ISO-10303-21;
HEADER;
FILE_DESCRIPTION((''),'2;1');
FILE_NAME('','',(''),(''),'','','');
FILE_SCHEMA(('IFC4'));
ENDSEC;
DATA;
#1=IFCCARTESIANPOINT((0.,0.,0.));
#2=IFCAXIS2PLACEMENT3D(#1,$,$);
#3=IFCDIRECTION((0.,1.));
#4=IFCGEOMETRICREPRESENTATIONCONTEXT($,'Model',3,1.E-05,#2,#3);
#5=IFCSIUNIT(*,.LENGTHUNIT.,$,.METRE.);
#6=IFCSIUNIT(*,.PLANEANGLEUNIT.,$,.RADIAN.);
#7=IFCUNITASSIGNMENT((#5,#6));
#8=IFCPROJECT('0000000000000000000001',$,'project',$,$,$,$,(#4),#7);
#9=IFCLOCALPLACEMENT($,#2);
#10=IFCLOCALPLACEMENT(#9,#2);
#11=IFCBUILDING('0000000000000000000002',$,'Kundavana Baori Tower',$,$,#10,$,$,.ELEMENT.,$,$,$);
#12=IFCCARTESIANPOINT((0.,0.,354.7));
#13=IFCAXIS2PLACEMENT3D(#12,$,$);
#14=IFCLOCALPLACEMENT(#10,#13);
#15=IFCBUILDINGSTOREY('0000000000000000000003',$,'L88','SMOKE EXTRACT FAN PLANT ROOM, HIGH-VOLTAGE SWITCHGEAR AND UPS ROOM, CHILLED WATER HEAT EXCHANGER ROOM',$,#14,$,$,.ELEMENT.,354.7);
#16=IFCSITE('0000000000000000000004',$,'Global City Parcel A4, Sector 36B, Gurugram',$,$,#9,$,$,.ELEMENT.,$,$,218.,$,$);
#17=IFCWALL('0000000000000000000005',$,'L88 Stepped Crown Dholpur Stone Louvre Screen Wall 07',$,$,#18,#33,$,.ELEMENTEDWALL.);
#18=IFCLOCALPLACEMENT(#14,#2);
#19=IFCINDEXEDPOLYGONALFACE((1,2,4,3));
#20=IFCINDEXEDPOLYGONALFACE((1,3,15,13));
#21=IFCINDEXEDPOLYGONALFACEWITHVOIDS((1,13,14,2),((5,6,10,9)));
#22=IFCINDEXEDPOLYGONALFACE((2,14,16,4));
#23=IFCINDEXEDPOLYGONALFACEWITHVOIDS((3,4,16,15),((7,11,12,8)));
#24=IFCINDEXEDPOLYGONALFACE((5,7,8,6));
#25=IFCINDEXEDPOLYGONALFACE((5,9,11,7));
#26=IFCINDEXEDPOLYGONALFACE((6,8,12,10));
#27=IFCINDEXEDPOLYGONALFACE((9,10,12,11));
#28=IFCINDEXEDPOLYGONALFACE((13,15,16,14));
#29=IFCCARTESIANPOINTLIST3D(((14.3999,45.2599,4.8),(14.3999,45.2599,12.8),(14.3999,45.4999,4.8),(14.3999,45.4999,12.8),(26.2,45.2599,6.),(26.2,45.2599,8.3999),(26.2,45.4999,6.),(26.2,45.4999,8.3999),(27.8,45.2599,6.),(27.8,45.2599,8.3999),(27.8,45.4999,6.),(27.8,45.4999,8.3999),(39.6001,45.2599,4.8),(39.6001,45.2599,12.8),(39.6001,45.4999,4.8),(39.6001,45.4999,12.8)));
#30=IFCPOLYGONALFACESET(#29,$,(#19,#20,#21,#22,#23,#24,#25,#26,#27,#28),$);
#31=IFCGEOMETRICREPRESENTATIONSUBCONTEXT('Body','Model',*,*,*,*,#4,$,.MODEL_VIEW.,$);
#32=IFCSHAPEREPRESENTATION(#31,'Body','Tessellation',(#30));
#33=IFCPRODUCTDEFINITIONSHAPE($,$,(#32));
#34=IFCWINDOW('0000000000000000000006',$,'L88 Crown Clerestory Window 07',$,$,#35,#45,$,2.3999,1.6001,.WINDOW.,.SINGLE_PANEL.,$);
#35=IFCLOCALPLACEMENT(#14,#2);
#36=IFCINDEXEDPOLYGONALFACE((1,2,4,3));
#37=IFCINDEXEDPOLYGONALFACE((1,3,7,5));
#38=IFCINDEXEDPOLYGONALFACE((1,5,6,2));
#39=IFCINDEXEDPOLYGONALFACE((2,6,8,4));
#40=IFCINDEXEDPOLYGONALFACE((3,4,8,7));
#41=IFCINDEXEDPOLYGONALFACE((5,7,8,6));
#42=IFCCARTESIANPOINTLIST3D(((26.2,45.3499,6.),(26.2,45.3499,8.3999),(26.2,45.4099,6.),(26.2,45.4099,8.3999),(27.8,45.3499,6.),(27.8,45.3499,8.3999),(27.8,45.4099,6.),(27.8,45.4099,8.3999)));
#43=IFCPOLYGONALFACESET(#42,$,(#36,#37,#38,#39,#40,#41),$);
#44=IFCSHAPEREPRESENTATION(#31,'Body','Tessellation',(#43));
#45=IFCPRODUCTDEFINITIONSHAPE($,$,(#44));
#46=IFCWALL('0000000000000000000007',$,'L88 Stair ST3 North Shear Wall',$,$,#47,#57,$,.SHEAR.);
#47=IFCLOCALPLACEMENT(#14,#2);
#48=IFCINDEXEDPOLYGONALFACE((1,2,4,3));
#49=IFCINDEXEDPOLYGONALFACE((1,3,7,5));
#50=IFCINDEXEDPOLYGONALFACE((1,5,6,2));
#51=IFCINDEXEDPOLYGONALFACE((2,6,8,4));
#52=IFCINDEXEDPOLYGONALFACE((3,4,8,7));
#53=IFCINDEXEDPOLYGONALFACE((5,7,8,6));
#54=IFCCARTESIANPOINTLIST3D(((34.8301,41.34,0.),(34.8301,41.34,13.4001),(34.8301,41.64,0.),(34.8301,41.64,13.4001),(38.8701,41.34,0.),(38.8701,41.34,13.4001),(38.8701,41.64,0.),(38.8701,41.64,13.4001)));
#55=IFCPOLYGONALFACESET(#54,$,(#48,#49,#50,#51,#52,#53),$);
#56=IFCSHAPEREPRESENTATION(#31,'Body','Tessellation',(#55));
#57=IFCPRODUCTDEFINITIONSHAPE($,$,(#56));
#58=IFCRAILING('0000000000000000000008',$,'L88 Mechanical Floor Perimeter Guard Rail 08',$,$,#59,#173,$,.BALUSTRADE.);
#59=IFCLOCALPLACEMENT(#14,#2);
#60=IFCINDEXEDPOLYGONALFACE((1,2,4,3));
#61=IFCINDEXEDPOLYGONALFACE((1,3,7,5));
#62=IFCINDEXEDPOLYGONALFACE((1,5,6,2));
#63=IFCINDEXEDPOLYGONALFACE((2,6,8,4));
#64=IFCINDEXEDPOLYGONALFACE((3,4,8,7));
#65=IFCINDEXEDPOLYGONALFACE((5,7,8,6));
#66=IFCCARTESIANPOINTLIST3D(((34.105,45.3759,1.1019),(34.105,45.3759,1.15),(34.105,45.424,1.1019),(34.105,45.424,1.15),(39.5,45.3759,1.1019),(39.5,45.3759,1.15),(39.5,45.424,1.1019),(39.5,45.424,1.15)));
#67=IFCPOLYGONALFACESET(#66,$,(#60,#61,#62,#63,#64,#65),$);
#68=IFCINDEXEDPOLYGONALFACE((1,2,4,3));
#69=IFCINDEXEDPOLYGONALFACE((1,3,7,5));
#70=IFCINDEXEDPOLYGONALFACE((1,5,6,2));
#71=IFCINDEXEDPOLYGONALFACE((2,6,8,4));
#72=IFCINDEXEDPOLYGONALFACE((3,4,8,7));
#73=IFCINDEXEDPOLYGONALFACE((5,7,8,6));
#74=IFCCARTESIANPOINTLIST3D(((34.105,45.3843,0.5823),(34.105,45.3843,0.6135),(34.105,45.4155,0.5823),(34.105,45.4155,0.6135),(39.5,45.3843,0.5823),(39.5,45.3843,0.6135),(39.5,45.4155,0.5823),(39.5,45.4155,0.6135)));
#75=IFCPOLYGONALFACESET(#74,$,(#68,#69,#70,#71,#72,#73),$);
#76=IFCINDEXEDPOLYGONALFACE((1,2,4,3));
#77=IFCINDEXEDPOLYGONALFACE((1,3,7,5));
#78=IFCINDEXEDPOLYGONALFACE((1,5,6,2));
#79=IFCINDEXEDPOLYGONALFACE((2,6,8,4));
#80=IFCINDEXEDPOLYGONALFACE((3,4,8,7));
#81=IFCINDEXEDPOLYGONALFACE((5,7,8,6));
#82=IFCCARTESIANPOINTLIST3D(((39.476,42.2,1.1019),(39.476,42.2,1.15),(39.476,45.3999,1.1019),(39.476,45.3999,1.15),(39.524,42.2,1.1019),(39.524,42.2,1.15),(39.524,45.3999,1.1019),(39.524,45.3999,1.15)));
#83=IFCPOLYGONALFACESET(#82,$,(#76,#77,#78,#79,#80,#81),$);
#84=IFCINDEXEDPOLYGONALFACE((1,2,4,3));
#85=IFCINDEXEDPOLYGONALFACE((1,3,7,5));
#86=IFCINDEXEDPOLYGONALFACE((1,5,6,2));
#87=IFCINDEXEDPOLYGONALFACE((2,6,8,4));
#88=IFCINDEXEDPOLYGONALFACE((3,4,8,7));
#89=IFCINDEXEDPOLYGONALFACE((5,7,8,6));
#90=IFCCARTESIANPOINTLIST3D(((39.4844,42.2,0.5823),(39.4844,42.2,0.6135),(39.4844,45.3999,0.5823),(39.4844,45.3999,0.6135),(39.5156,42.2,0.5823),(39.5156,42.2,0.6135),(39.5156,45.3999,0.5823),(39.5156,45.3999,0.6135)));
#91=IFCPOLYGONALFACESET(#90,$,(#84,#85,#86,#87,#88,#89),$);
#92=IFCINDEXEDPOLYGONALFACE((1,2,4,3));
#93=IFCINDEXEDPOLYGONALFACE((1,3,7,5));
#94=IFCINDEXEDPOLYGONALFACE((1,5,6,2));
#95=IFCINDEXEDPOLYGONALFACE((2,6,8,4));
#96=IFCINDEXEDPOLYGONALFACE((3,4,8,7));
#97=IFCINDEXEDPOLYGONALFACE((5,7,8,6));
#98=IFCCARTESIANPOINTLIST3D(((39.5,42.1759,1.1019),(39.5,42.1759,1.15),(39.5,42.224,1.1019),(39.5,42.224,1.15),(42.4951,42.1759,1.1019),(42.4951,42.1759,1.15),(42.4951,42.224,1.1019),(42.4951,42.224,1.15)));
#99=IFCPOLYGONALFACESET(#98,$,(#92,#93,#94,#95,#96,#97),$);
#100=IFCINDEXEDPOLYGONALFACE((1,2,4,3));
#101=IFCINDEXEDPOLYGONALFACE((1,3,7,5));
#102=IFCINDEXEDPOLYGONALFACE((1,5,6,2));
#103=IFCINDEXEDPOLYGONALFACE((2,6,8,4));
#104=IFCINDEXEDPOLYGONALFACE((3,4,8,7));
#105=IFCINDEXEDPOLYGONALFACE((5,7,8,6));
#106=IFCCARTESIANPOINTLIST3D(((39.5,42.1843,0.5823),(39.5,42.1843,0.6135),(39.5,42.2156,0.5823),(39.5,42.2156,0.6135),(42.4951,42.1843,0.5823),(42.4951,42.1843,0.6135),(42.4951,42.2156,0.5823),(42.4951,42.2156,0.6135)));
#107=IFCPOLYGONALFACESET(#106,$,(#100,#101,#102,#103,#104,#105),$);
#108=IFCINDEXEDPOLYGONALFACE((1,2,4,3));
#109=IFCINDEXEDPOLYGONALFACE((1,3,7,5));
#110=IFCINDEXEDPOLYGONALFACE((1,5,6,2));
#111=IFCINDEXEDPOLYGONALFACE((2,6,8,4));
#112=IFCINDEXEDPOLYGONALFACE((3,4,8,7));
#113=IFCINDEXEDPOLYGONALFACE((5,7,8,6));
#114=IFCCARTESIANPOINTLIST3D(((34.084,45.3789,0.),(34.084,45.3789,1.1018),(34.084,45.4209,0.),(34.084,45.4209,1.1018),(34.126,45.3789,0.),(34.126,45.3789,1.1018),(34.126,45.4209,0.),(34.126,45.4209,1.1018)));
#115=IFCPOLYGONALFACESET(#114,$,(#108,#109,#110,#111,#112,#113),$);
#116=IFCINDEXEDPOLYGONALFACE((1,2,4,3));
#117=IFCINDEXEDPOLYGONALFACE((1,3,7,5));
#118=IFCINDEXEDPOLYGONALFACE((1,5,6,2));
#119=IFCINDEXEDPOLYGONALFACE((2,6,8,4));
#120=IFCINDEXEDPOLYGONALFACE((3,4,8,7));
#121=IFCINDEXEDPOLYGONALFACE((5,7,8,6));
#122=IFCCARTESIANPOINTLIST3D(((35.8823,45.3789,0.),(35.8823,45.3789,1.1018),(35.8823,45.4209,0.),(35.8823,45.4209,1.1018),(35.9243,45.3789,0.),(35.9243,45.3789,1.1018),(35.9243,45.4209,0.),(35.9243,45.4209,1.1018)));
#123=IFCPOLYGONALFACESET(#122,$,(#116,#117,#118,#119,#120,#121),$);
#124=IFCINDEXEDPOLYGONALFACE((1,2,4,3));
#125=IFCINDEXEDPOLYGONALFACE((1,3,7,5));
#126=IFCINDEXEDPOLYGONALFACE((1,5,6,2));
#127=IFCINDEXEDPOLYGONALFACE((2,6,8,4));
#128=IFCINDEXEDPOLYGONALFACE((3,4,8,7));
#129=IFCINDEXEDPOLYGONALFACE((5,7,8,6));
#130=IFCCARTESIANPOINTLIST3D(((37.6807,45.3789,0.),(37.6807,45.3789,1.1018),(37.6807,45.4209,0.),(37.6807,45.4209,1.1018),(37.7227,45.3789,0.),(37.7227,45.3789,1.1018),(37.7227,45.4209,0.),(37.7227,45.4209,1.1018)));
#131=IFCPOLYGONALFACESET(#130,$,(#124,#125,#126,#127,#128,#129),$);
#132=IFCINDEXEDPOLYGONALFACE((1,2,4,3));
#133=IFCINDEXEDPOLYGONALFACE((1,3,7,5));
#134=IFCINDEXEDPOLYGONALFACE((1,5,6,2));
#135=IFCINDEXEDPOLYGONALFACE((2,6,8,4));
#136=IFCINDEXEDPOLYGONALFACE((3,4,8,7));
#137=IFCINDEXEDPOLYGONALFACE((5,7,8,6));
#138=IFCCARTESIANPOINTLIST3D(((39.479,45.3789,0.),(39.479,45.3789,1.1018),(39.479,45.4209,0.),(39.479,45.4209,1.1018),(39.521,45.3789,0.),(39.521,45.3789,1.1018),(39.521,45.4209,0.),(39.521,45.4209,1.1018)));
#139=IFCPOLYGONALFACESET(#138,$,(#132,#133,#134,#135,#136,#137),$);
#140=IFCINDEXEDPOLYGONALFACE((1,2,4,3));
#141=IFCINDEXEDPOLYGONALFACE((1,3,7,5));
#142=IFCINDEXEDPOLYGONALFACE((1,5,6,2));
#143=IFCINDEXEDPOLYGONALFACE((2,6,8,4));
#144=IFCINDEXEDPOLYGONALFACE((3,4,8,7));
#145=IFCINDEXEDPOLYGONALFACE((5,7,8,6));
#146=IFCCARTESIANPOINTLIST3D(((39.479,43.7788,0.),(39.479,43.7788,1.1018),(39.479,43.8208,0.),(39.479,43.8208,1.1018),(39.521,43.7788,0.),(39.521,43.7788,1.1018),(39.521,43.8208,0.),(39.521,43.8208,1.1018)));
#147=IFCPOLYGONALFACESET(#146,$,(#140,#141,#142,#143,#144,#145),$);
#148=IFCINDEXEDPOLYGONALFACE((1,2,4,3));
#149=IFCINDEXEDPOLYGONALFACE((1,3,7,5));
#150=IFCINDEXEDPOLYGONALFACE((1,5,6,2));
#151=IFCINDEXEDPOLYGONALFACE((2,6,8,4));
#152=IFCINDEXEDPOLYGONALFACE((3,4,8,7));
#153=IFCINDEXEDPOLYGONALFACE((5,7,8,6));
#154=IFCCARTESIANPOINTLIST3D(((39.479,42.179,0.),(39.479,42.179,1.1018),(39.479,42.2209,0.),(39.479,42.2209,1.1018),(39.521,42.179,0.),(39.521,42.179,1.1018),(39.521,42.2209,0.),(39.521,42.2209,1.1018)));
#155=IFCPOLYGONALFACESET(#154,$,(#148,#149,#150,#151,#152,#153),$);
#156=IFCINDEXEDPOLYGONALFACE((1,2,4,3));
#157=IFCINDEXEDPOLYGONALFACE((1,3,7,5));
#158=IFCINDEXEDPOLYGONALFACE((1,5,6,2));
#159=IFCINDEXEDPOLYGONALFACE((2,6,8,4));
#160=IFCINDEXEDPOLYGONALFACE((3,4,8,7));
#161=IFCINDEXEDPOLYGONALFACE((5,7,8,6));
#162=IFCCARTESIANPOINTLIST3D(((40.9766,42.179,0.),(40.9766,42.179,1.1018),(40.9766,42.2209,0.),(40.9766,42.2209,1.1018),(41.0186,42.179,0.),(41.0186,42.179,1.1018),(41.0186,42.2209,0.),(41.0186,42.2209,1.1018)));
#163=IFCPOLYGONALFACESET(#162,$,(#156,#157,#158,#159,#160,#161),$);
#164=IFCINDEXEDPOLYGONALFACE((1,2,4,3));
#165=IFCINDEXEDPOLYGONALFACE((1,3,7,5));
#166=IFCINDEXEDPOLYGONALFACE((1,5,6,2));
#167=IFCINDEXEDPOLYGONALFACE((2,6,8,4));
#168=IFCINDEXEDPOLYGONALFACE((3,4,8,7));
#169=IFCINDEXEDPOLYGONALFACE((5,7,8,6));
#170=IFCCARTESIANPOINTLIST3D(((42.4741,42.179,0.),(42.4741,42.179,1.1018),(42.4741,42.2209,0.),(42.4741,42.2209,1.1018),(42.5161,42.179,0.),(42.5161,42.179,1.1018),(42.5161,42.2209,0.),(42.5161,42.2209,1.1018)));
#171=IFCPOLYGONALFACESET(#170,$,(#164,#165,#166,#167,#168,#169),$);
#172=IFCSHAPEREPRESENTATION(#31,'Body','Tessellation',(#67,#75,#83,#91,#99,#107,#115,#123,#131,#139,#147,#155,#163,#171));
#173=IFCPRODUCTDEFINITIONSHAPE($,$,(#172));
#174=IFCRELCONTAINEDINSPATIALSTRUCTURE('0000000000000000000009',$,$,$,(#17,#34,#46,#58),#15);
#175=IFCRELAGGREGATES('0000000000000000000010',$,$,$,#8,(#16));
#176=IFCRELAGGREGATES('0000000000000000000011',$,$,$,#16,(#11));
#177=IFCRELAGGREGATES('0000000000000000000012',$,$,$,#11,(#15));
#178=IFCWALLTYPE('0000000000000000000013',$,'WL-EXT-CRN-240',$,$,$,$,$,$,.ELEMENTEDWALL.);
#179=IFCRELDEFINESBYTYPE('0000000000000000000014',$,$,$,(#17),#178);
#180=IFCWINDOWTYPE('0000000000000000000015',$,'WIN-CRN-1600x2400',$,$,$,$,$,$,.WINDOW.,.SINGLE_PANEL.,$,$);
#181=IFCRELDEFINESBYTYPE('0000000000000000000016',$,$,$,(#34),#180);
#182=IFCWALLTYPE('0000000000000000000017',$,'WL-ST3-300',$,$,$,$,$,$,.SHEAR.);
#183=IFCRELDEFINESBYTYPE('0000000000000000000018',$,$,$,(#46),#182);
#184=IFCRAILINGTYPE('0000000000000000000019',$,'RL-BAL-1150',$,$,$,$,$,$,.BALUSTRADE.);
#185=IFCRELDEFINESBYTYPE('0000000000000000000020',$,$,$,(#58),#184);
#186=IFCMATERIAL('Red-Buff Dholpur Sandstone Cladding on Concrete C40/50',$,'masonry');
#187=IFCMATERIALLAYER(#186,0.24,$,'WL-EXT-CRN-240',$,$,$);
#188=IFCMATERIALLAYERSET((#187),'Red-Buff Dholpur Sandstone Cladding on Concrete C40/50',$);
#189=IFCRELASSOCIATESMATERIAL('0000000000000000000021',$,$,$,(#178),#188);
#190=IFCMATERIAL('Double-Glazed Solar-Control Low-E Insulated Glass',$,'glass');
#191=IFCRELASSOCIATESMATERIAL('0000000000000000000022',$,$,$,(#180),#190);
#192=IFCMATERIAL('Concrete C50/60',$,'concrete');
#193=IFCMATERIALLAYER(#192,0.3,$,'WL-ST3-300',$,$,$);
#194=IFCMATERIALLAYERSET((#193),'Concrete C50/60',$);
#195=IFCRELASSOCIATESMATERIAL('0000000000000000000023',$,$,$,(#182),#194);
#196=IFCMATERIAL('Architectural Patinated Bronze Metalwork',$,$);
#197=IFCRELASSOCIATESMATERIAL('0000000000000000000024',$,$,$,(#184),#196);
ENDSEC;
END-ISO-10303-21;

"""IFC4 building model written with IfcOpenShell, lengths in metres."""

from ifc_helpers import new_model, si_unit, direction, frame, frame_2d, origin, origin_2d, place, context, subcontext, project, spatial, rectangle, extrude, material, layer, layer_set, type_object, element, fill, save


model = new_model("IFC4")

# Units and contexts
model_context = context("Model", 3, precision=1e-05, world=origin(), true_north=direction((0.0, 1.0)))
body_context = subcontext(model_context, "Body", "Model", "MODEL_VIEW")
ifc_project = project(units=[si_unit("LENGTHUNIT", "METRE"), si_unit("PLANEANGLEUNIT", "RADIAN")], contexts=[model_context])

# Site, building, storey
site_placement = place(None, origin())
site = spatial("IfcSite", under=ifc_project, at=site_placement, Name="Global City Parcel A4, Sector 36B, Gurugram", CompositionType="ELEMENT", RefElevation=218.0)
building_placement = place(site_placement, origin())
building = spatial("IfcBuilding", under=site, at=building_placement, Name="Kundavana Baori Tower", CompositionType="ELEMENT")
storey_placement = place(building_placement, frame((0.0, 0.0, 354.7)))
storey = spatial("IfcBuildingStorey", under=building, at=storey_placement, Name="L88", Description="SMOKE EXTRACT FAN PLANT ROOM, HIGH-VOLTAGE SWITCHGEAR AND UPS ROOM, CHILLED WATER HEAT EXCHANGER ROOM", CompositionType="ELEMENT", Elevation=354.7)

# Shared definitions
ifc_material_1 = material(Name="Red-Buff Dholpur Sandstone Cladding on Concrete C40/50", Category="masonry")
ifc_layer_1 = layer(ifc_material_1, 0.24, Name="WL-EXT-CRN-240")
ifc_layer_set_1 = layer_set([ifc_layer_1], Name="Red-Buff Dholpur Sandstone Cladding on Concrete C40/50")
wall_type_1 = type_object("IfcWallType", Name="WL-EXT-CRN-240", PredefinedType="ELEMENTEDWALL", material=ifc_layer_set_1)

# Wall, opening, window
wall_1_placement = place(storey_placement, frame((39.6001, 45.3799, 4.8), z_axis=(0.0, 0.0, 1.0), x_axis=(-1.0, 0.0, 0.0)))
wall_1 = element("IfcWall", 1, at=wall_1_placement, inside=storey, type_object=wall_type_1, Name="L88 Stepped Crown Dholpur Stone Louvre Screen Wall 07", PredefinedType="ELEMENTEDWALL", context=body_context, shape_type="SweptSolid", body=[
    extrude(rectangle(XDim=25.2002, YDim=0.24, at=frame_2d((12.6001, 0.0))), origin(), (0.0, 0.0, 1.0), 8.0),
])
opening_placement = place(wall_1_placement, frame((11.8, 0.0, 1.2)))
opening = element("IfcOpeningElement", 2, at=opening_placement, cuts=wall_1, PredefinedType="OPENING", context=body_context, shape_type="SweptSolid", body=[
    extrude(rectangle(XDim=1.6001, YDim=2.3999, at=frame_2d((0.8, 1.2))), frame((0.0, 0.1299, 0.0), z_axis=(0.0, -1.0, 0.0), x_axis=(1.0, 0.0, 0.0)), (0.0, 0.0, 1.0), 0.26),
])
ifc_material_2 = material(Name="Double-Glazed Solar-Control Low-E Insulated Glass", Category="glass")
window_type = type_object("IfcWindowType", Name="WIN-CRN-1600x2400", PartitioningType="SINGLE_PANEL", PredefinedType="WINDOW", material=ifc_material_2)
window_placement = place(opening_placement, origin())
window = element("IfcWindow", 3, at=window_placement, inside=storey, type_object=window_type, Name="L88 Crown Clerestory Window 07", OverallHeight=2.3999, OverallWidth=1.6001, PartitioningType="SINGLE_PANEL", PredefinedType="WINDOW", context=body_context, shape_type="SweptSolid", body=[
    extrude(rectangle(XDim=1.6001, YDim=2.3999, at=frame_2d((0.8, 1.2))), frame((0.0, 0.03, 0.0), z_axis=(0.0, -1.0, 0.0), x_axis=(1.0, 0.0, 0.0)), (0.0, 0.0, 1.0), 0.0601),
])
fill(opening, window)

# Wall
ifc_material_3 = material(Name="Concrete C50/60", Category="concrete")
ifc_layer_2 = layer(ifc_material_3, 0.3, Name="WL-ST3-300")
ifc_layer_set_2 = layer_set([ifc_layer_2], Name="Concrete C50/60")
wall_type_2 = type_object("IfcWallType", Name="WL-ST3-300", PredefinedType="SHEAR", material=ifc_layer_set_2)
wall_2_placement = place(storey_placement, frame((34.8301, 41.49, 0.0), z_axis=(0.0, 0.0, 1.0), x_axis=(1.0, 0.0, 0.0)))
element("IfcWall", 4, at=wall_2_placement, inside=storey, type_object=wall_type_2, Name="L88 Stair ST3 North Shear Wall", PredefinedType="SHEAR", context=body_context, shape_type="SweptSolid", body=[
    extrude(rectangle(XDim=4.04, YDim=0.3, at=frame_2d((2.02, 0.0))), origin(), (0.0, 0.0, 1.0), 13.4001),
])

# Railing
ifc_material_4 = material(Name="Architectural Patinated Bronze Metalwork")
railing_type = type_object("IfcRailingType", Name="RL-BAL-1150", PredefinedType="BALUSTRADE", material=ifc_material_4)
railing_1_placement = place(storey_placement, frame((34.105, 45.3999, 0.0)))
element("IfcRailing", 5, at=railing_1_placement, inside=storey, type_object=railing_type, Name="L88 Mechanical Floor Perimeter Guard Rail 08", PredefinedType="BALUSTRADE", context=body_context, shape_type="SweptSolid", body=[
    extrude(rectangle(XDim=0.0481, YDim=0.0481, at=origin_2d()), frame((0.0, 0.0, 1.126), z_axis=(1.0, 0.0, 0.0), x_axis=(0.0, 1.0, 0.0)), (0.0, 0.0, 1.0), 5.395),
    extrude(rectangle(XDim=0.0312, YDim=0.0312, at=origin_2d()), frame((0.0, 0.0, 0.5979), z_axis=(1.0, 0.0, 0.0), x_axis=(0.0, 1.0, 0.0)), (0.0, 0.0, 1.0), 5.395),
    extrude(rectangle(XDim=0.0481, YDim=0.0481, at=origin_2d()), frame((5.395, 0.0, 1.126), z_axis=(0.0, -1.0, 0.0), x_axis=(1.0, 0.0, 0.0)), (0.0, 0.0, 1.0), 3.2),
    extrude(rectangle(XDim=0.0312, YDim=0.0312, at=origin_2d()), frame((5.395, 0.0, 0.5979), z_axis=(0.0, -1.0, 0.0), x_axis=(1.0, 0.0, 0.0)), (0.0, 0.0, 1.0), 3.2),
    extrude(rectangle(XDim=0.0481, YDim=0.0481, at=origin_2d()), frame((5.395, -3.2, 1.126), z_axis=(1.0, 0.0, 0.0), x_axis=(0.0, 1.0, 0.0)), (0.0, 0.0, 1.0), 2.9951),
    extrude(rectangle(XDim=0.0312, YDim=0.0312, at=origin_2d()), frame((5.395, -3.2, 0.5979), z_axis=(1.0, 0.0, 0.0), x_axis=(0.0, 1.0, 0.0)), (0.0, 0.0, 1.0), 2.9951),
    extrude(rectangle(XDim=0.042, YDim=0.042, at=origin_2d()), origin(), (0.0, 0.0, 1.0), 1.1018),
    extrude(rectangle(XDim=0.042, YDim=0.042, at=origin_2d()), frame((1.7983, 0.0, 0.0)), (0.0, 0.0, 1.0), 1.1018),
    extrude(rectangle(XDim=0.042, YDim=0.042, at=origin_2d()), frame((3.5967, 0.0, 0.0)), (0.0, 0.0, 1.0), 1.1018),
    extrude(rectangle(XDim=0.042, YDim=0.042, at=origin_2d()), frame((5.395, 0.0, 0.0)), (0.0, 0.0, 1.0), 1.1018),
    extrude(rectangle(XDim=0.042, YDim=0.042, at=origin_2d()), frame((5.395, -1.6001, 0.0)), (0.0, 0.0, 1.0), 1.1018),
    extrude(rectangle(XDim=0.042, YDim=0.042, at=origin_2d()), frame((5.395, -3.2, 0.0)), (0.0, 0.0, 1.0), 1.1018),
    extrude(rectangle(XDim=0.042, YDim=0.042, at=origin_2d()), frame((6.8926, -3.2, 0.0)), (0.0, 0.0, 1.0), 1.1018),
    extrude(rectangle(XDim=0.042, YDim=0.042, at=origin_2d()), frame((8.3901, -3.2, 0.0)), (0.0, 0.0, 1.0), 1.1018),
])

save(model, "model.ifc")
